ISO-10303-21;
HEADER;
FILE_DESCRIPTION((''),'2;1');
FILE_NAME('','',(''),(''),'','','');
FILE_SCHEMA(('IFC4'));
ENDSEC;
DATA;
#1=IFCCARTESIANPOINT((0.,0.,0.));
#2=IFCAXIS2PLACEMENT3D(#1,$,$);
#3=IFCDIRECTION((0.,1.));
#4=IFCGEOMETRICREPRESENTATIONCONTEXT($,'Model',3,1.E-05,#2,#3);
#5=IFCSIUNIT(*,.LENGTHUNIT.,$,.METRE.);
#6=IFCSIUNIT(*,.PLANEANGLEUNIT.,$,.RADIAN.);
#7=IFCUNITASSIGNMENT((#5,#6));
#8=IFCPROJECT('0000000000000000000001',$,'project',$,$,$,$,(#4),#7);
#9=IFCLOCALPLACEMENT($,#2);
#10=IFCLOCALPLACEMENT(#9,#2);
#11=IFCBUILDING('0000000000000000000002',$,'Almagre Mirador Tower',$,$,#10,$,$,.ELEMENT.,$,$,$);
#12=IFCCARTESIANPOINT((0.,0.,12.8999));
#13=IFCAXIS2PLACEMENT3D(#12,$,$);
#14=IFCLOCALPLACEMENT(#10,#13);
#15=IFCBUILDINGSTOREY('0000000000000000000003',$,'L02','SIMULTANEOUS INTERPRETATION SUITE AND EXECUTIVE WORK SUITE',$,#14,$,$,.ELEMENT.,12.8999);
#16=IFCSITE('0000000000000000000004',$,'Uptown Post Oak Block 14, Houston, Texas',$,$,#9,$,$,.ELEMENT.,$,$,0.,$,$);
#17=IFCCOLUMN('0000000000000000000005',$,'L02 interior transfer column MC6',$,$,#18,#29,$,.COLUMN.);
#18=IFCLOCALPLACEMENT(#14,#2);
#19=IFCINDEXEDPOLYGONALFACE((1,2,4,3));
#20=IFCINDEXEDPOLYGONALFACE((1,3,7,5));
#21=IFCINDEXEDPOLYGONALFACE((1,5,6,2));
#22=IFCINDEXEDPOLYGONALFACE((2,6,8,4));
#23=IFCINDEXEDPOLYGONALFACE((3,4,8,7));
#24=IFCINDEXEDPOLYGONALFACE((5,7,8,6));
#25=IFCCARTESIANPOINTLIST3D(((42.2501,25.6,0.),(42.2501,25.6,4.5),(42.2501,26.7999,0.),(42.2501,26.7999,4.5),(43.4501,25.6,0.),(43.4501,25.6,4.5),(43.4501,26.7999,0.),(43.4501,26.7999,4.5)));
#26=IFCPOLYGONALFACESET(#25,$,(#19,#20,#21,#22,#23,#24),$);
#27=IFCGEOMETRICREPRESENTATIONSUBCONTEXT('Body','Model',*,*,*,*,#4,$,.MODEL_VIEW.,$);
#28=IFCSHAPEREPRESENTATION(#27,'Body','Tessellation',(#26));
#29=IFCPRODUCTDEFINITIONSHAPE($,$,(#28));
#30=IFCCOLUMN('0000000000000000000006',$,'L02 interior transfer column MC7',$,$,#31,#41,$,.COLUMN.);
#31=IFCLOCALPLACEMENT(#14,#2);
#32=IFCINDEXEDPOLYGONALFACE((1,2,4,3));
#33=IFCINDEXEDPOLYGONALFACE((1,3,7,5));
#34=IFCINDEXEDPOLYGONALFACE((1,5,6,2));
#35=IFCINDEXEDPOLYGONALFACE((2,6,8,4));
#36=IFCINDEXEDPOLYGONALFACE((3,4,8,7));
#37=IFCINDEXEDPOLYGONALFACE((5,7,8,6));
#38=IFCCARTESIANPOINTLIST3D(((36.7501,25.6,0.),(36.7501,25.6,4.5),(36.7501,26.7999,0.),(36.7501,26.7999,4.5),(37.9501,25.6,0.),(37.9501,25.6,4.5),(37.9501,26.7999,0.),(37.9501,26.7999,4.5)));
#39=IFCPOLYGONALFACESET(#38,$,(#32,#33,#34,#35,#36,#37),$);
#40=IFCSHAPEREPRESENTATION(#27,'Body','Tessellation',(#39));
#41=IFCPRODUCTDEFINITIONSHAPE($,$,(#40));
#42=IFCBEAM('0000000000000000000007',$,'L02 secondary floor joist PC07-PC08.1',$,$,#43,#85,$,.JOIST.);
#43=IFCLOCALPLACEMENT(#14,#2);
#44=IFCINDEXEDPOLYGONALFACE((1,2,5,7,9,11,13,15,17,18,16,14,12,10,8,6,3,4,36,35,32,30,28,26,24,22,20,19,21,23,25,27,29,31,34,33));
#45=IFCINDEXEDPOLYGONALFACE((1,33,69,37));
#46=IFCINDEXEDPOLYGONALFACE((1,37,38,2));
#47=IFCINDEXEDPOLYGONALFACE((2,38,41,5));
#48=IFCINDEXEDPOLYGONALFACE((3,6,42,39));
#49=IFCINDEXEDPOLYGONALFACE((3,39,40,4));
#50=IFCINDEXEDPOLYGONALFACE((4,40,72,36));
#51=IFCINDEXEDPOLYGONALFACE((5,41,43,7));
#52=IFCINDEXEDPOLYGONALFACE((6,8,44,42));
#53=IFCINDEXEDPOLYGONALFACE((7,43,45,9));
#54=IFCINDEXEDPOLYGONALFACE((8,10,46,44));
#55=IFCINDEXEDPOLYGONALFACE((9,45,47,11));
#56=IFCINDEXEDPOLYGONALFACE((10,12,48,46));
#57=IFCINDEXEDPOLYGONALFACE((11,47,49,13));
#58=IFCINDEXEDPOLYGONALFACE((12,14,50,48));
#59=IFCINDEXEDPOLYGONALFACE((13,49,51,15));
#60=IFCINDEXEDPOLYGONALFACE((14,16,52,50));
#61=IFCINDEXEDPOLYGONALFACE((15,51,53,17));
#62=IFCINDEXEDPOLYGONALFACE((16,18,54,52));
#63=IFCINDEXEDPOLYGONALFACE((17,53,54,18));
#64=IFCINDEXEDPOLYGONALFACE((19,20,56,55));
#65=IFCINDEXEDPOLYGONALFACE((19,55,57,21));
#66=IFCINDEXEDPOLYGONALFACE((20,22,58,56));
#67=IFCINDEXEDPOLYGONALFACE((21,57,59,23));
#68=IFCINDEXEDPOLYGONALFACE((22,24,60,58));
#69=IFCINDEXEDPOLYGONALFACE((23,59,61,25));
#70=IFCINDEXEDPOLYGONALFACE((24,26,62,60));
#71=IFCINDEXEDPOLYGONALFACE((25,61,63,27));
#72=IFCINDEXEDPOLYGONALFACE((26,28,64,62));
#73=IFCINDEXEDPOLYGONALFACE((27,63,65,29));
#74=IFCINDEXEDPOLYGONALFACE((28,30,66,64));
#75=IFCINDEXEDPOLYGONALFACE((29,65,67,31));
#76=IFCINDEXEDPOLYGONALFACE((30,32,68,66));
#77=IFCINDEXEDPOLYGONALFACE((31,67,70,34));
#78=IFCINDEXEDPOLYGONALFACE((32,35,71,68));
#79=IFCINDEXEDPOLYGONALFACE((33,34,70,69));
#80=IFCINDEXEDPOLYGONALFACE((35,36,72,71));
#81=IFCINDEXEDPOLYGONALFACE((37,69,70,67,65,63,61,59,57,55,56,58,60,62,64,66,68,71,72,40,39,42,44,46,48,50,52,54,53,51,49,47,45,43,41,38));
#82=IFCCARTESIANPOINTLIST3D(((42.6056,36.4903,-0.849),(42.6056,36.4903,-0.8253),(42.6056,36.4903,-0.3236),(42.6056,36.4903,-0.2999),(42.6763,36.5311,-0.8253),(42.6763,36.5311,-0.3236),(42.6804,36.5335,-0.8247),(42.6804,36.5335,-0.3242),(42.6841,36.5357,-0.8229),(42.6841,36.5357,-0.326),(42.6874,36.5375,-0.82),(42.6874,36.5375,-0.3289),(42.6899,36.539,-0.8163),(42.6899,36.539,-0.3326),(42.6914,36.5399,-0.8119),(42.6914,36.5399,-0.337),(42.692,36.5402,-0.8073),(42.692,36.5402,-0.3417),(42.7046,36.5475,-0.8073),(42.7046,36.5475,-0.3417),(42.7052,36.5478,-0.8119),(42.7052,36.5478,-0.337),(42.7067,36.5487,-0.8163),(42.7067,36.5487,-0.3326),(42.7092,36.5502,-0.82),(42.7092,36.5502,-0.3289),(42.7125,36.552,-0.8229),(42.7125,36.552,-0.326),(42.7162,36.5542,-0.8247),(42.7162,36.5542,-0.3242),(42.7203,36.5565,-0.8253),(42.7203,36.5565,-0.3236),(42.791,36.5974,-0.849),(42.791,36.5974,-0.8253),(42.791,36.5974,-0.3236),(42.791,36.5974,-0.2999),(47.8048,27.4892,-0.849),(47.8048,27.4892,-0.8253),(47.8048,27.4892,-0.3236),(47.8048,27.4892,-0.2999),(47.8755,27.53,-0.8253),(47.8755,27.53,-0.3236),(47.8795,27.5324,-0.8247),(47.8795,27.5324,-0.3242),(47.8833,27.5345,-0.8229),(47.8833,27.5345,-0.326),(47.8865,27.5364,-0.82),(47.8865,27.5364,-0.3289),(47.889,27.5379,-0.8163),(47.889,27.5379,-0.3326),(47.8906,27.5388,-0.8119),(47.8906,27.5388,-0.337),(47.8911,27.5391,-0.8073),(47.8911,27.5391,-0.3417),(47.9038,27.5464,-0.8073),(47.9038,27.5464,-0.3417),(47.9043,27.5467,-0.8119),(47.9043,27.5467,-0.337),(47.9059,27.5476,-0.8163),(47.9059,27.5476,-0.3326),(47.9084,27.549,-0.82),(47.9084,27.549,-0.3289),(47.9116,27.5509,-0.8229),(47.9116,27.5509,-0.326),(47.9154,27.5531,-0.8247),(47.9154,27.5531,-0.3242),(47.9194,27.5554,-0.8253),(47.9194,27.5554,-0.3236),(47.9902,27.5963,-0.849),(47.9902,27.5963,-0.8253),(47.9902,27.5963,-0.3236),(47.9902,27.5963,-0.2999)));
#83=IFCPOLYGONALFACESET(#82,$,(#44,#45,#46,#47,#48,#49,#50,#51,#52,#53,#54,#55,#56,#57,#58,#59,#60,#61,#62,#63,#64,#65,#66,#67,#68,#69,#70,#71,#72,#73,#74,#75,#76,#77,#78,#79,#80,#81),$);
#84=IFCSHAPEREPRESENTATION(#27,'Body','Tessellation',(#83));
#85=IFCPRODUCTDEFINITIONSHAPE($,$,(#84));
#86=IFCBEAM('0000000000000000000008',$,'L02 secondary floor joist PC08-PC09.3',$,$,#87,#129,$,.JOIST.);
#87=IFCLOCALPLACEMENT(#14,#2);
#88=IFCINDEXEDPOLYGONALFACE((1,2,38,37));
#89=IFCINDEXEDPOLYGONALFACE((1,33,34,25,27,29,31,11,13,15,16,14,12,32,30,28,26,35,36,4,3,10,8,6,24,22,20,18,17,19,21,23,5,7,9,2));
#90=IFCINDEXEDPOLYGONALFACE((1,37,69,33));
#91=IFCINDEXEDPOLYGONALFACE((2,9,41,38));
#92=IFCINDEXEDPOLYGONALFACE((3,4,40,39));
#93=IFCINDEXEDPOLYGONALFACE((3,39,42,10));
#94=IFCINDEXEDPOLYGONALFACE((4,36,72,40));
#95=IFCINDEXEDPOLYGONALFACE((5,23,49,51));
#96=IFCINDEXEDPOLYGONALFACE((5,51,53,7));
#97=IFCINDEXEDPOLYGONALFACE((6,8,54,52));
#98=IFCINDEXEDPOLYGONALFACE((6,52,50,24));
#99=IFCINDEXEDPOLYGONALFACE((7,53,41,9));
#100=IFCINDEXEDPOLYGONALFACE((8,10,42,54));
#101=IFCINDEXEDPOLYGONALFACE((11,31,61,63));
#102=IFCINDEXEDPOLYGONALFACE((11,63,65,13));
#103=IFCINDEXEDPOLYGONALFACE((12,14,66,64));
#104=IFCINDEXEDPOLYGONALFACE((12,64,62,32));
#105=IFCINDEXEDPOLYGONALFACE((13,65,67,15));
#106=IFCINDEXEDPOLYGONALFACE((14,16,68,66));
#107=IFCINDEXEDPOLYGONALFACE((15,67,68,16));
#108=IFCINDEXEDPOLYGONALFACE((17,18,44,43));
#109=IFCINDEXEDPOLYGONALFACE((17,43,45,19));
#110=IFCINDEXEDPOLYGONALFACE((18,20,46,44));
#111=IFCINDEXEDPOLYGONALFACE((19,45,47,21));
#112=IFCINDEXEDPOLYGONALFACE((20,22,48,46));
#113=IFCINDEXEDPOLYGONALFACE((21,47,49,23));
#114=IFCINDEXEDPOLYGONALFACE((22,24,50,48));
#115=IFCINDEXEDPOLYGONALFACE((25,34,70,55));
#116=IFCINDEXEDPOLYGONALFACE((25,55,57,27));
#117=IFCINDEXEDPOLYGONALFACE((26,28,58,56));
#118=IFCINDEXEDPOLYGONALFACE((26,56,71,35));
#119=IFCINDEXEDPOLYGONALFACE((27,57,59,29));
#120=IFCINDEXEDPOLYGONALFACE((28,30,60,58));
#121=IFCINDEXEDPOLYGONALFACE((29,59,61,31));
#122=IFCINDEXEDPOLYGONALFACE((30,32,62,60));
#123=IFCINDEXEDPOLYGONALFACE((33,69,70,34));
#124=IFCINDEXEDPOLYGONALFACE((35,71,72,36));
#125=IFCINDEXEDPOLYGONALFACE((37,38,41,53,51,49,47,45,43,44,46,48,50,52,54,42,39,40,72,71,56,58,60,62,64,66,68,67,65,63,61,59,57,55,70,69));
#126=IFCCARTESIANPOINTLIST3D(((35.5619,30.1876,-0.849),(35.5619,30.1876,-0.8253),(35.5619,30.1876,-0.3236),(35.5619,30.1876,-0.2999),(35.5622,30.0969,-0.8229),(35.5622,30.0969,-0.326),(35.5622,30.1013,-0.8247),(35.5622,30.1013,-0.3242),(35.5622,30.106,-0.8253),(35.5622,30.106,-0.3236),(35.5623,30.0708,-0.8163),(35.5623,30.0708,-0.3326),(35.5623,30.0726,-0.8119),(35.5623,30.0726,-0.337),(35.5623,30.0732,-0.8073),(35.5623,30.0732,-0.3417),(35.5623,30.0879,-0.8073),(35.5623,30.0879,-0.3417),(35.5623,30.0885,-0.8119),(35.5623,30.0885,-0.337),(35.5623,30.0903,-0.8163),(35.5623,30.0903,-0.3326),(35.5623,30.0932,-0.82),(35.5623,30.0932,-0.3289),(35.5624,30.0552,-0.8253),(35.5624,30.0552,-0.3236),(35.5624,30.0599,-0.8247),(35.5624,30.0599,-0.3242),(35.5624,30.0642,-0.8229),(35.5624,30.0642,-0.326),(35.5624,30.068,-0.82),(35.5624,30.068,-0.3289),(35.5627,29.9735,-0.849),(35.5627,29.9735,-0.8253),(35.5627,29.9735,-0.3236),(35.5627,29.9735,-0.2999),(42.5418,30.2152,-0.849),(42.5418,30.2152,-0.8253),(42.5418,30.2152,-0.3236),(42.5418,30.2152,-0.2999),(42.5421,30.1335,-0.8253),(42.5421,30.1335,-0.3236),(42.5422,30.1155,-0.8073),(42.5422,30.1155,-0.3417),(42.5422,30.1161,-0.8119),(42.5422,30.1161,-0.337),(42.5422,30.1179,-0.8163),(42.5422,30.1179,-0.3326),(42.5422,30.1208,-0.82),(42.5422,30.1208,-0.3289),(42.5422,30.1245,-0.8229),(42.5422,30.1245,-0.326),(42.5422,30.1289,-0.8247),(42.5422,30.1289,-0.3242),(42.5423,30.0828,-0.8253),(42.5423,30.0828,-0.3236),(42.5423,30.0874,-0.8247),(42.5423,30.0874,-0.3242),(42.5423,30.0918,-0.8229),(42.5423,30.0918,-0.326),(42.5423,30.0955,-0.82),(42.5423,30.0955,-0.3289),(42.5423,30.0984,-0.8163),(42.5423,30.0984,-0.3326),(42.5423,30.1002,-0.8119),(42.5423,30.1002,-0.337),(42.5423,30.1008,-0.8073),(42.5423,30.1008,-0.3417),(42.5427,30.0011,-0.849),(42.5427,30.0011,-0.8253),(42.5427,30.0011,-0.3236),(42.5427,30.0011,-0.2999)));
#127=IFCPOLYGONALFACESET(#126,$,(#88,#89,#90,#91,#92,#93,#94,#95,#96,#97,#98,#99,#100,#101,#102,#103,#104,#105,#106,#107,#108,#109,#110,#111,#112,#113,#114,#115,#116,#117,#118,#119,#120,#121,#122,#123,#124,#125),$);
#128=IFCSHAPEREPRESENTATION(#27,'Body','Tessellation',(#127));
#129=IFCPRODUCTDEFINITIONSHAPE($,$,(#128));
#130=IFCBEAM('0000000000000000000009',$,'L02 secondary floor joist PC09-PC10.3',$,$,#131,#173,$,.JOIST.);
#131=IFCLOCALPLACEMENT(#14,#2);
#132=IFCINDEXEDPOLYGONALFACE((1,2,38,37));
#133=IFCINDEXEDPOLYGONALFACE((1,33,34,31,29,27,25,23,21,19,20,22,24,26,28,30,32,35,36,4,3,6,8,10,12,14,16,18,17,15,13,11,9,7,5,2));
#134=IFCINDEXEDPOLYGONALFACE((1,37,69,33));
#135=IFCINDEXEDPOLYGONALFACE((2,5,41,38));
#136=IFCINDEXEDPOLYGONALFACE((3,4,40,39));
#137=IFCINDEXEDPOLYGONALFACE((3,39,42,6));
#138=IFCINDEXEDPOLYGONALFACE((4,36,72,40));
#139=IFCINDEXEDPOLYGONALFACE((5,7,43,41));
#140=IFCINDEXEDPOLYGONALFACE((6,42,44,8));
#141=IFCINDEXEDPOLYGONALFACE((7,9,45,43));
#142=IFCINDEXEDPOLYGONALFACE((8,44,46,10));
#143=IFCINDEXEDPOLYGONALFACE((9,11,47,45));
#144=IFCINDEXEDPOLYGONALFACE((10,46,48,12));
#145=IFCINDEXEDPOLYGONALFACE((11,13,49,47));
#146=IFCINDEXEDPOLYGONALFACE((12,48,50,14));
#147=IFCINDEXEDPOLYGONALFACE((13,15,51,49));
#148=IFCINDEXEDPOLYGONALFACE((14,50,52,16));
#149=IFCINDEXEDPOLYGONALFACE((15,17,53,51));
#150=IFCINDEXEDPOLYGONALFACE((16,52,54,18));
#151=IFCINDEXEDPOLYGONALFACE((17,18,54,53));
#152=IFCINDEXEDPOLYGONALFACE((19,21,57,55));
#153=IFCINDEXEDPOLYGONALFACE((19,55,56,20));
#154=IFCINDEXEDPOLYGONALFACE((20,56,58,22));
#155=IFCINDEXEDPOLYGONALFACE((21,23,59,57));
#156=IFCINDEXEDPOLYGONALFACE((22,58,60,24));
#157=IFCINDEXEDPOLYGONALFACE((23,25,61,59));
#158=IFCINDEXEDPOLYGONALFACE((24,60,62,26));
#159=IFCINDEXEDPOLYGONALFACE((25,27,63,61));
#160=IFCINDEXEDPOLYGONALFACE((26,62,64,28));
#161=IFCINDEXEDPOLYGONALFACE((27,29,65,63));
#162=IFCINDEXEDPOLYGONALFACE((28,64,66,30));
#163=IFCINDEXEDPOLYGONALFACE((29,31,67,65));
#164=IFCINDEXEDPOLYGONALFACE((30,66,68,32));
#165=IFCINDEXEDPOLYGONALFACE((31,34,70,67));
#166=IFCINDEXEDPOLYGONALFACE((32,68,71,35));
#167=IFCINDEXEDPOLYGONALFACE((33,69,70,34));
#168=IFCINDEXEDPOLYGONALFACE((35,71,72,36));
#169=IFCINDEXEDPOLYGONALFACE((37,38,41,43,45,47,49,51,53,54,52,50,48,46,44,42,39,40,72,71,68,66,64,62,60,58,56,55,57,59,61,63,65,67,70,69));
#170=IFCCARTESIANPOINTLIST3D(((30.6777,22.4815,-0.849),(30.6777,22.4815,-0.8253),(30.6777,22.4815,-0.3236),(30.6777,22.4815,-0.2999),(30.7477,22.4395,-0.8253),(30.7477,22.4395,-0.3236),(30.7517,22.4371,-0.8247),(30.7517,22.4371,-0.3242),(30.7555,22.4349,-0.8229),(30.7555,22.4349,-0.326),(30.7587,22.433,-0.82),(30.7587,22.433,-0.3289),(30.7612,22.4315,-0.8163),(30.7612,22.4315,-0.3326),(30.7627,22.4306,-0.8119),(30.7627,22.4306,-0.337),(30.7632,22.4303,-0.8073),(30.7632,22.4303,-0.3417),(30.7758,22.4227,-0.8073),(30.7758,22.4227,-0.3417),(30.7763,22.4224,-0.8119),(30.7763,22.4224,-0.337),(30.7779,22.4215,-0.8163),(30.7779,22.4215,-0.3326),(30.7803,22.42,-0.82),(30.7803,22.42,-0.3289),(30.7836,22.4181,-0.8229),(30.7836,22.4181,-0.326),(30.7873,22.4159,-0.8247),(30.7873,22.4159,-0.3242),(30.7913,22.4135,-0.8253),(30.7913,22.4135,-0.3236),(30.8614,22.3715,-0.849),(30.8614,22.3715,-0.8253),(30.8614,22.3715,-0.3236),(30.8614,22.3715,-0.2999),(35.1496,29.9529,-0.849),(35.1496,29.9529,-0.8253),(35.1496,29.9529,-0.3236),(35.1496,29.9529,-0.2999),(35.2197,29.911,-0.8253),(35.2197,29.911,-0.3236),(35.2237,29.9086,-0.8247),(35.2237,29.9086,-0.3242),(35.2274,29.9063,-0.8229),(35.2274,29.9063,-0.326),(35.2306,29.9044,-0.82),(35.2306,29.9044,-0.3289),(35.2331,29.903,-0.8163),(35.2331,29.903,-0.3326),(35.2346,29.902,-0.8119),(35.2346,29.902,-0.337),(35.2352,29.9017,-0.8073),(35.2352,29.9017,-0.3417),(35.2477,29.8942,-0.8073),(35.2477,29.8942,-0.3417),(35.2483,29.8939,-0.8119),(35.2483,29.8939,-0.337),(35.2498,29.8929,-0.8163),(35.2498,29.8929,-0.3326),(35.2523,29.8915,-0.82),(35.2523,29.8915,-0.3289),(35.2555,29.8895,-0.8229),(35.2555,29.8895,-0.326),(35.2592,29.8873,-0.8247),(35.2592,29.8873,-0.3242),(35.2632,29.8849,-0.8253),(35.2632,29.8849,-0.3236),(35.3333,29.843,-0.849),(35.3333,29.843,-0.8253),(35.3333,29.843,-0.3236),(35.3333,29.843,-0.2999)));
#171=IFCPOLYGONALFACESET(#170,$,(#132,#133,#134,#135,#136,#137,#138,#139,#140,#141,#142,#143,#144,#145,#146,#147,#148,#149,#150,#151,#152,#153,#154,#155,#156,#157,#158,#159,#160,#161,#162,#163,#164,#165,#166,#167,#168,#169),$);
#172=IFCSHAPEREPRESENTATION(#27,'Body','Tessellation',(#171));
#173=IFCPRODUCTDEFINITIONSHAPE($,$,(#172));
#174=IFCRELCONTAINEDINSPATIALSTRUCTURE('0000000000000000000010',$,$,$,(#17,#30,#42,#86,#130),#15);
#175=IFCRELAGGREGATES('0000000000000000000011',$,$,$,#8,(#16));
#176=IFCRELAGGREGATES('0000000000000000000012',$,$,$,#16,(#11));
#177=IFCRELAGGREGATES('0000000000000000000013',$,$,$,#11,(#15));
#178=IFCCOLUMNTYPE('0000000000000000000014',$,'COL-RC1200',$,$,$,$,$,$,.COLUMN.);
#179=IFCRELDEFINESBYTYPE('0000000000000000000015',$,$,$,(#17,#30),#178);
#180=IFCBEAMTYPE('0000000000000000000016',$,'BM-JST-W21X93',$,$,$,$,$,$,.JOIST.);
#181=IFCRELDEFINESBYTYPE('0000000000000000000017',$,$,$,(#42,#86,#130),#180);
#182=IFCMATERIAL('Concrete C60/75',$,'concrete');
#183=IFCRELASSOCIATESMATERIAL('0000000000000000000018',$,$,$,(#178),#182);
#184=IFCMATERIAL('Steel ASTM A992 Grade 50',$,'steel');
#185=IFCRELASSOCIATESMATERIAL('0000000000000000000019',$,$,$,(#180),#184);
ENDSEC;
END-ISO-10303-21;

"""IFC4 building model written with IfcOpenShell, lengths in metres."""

from ifc_helpers import new_model, si_unit, direction, frame, origin, origin_2d, place, context, subcontext, project, spatial, rectangle, i_section, extrude, material, material_profile, profile_set, type_object, element, save


model = new_model("IFC4")

# Units and contexts
model_context = context("Model", 3, precision=1e-05, world=origin(), true_north=direction((0.0, 1.0)))
body_context = subcontext(model_context, "Body", "Model", "MODEL_VIEW")
ifc_project = project(units=[si_unit("LENGTHUNIT", "METRE"), si_unit("PLANEANGLEUNIT", "RADIAN")], contexts=[model_context])

# Site, building, storey
site_placement = place(None, origin())
site = spatial("IfcSite", under=ifc_project, at=site_placement, Name="Uptown Post Oak Block 14, Houston, Texas", CompositionType="ELEMENT", RefElevation=0.0)
building_placement = place(site_placement, origin())
building = spatial("IfcBuilding", under=site, at=building_placement, Name="Almagre Mirador Tower", CompositionType="ELEMENT")
storey_placement = place(building_placement, frame((0.0, 0.0, 12.8999)))
storey = spatial("IfcBuildingStorey", under=building, at=storey_placement, Name="L02", Description="SIMULTANEOUS INTERPRETATION SUITE AND EXECUTIVE WORK SUITE", CompositionType="ELEMENT", Elevation=12.8999)

# Columns
ifc_material_1 = material(Name="Concrete C60/75", Category="concrete")
ifc_material_profile_1 = material_profile(ifc_material_1, rectangle(XDim=1.2, YDim=1.2, at=origin_2d()), Name="RC1200X1200")
ifc_profile_set_1 = profile_set([ifc_material_profile_1], Name="Concrete C60/75")
column_type = type_object("IfcColumnType", Name="COL-RC1200", PredefinedType="COLUMN", material=ifc_profile_set_1)
for number, where, z_axis, x_axis, name in (
    (1, (42.8501, 26.2, 0.0), (0.0, 0.0, 1.0), (1.0, 0.0, 0.0), "L02 interior transfer column MC6"),
    (2, (37.3501, 26.2, 0.0), (0.0, 0.0, 1.0), (1.0, 0.0, 0.0), "L02 interior transfer column MC7"),
):
    element("IfcColumn", number, at=place(storey_placement, frame(where, z_axis=z_axis, x_axis=x_axis)), inside=storey, type_object=column_type, Name=name, PredefinedType="COLUMN", context=body_context, shape_type="SweptSolid", body=[
        extrude(rectangle(XDim=1.2, YDim=1.2, at=origin_2d()), origin(), (0.0, 0.0, 1.0), 4.5),
    ])

# Beams
ifc_material_2 = material(Name="Steel ASTM A992 Grade 50", Category="steel")
ifc_material_profile_2 = material_profile(ifc_material_2, i_section(OverallWidth=0.2141, OverallDepth=0.5491, WebThickness=0.0146, FlangeThickness=0.0237, FilletRadius=0.0181, at=origin_2d()), Name="W21X93")
ifc_profile_set_2 = profile_set([ifc_material_profile_2], Name="Steel ASTM A992 Grade 50")
beam_type_1 = type_object("IfcBeamType", Name="BM-JST-W21X93", PredefinedType="JOIST", material=ifc_profile_set_2)
beam_1_placement = place(storey_placement, frame((47.8975, 27.5427, -0.5745), z_axis=(-0.50017, 0.865927, 0.0), x_axis=(-0.865927, -0.50017, 0.0)))
element("IfcBeam", 3, at=beam_1_placement, inside=storey, type_object=beam_type_1, Name="L02 secondary floor joist PC07-PC08.1", PredefinedType="JOIST", context=body_context, shape_type="SweptSolid", body=[
    extrude(i_section(OverallWidth=0.2141, OverallDepth=0.5491, WebThickness=0.0146, FlangeThickness=0.0237, FilletRadius=0.0181, at=origin_2d()), origin(), (0.0, 0.0, 1.0), 10.3948),
])
beam_2_placement = place(storey_placement, frame((42.5422, 30.1082, -0.5745), z_axis=(-0.999992, -0.003952, 0.0), x_axis=(0.003952, -0.999992, 0.0)))
element("IfcBeam", 4, at=beam_2_placement, inside=storey, type_object=beam_type_1, Name="L02 secondary floor joist PC08-PC09.3", PredefinedType="JOIST", context=body_context, shape_type="SweptSolid", body=[
    extrude(i_section(OverallWidth=0.2141, OverallDepth=0.5491, WebThickness=0.0146, FlangeThickness=0.0237, FilletRadius=0.0181, at=origin_2d()), origin(), (0.0, 0.0, 1.0), 6.98),
])
beam_3_placement = place(storey_placement, frame((35.2415, 29.8979, -0.5745), z_axis=(-0.513572, -0.858047, 0.0), x_axis=(0.858047, -0.513572, 0.0)))
element("IfcBeam", 5, at=beam_3_placement, inside=storey, type_object=beam_type_1, Name="L02 secondary floor joist PC09-PC10.3", PredefinedType="JOIST", context=body_context, shape_type="SweptSolid", body=[
    extrude(i_section(OverallWidth=0.2141, OverallDepth=0.5491, WebThickness=0.0146, FlangeThickness=0.0237, FilletRadius=0.0181, at=origin_2d()), origin(), (0.0, 0.0, 1.0), 8.7075),
])

save(model, "model.ifc")
